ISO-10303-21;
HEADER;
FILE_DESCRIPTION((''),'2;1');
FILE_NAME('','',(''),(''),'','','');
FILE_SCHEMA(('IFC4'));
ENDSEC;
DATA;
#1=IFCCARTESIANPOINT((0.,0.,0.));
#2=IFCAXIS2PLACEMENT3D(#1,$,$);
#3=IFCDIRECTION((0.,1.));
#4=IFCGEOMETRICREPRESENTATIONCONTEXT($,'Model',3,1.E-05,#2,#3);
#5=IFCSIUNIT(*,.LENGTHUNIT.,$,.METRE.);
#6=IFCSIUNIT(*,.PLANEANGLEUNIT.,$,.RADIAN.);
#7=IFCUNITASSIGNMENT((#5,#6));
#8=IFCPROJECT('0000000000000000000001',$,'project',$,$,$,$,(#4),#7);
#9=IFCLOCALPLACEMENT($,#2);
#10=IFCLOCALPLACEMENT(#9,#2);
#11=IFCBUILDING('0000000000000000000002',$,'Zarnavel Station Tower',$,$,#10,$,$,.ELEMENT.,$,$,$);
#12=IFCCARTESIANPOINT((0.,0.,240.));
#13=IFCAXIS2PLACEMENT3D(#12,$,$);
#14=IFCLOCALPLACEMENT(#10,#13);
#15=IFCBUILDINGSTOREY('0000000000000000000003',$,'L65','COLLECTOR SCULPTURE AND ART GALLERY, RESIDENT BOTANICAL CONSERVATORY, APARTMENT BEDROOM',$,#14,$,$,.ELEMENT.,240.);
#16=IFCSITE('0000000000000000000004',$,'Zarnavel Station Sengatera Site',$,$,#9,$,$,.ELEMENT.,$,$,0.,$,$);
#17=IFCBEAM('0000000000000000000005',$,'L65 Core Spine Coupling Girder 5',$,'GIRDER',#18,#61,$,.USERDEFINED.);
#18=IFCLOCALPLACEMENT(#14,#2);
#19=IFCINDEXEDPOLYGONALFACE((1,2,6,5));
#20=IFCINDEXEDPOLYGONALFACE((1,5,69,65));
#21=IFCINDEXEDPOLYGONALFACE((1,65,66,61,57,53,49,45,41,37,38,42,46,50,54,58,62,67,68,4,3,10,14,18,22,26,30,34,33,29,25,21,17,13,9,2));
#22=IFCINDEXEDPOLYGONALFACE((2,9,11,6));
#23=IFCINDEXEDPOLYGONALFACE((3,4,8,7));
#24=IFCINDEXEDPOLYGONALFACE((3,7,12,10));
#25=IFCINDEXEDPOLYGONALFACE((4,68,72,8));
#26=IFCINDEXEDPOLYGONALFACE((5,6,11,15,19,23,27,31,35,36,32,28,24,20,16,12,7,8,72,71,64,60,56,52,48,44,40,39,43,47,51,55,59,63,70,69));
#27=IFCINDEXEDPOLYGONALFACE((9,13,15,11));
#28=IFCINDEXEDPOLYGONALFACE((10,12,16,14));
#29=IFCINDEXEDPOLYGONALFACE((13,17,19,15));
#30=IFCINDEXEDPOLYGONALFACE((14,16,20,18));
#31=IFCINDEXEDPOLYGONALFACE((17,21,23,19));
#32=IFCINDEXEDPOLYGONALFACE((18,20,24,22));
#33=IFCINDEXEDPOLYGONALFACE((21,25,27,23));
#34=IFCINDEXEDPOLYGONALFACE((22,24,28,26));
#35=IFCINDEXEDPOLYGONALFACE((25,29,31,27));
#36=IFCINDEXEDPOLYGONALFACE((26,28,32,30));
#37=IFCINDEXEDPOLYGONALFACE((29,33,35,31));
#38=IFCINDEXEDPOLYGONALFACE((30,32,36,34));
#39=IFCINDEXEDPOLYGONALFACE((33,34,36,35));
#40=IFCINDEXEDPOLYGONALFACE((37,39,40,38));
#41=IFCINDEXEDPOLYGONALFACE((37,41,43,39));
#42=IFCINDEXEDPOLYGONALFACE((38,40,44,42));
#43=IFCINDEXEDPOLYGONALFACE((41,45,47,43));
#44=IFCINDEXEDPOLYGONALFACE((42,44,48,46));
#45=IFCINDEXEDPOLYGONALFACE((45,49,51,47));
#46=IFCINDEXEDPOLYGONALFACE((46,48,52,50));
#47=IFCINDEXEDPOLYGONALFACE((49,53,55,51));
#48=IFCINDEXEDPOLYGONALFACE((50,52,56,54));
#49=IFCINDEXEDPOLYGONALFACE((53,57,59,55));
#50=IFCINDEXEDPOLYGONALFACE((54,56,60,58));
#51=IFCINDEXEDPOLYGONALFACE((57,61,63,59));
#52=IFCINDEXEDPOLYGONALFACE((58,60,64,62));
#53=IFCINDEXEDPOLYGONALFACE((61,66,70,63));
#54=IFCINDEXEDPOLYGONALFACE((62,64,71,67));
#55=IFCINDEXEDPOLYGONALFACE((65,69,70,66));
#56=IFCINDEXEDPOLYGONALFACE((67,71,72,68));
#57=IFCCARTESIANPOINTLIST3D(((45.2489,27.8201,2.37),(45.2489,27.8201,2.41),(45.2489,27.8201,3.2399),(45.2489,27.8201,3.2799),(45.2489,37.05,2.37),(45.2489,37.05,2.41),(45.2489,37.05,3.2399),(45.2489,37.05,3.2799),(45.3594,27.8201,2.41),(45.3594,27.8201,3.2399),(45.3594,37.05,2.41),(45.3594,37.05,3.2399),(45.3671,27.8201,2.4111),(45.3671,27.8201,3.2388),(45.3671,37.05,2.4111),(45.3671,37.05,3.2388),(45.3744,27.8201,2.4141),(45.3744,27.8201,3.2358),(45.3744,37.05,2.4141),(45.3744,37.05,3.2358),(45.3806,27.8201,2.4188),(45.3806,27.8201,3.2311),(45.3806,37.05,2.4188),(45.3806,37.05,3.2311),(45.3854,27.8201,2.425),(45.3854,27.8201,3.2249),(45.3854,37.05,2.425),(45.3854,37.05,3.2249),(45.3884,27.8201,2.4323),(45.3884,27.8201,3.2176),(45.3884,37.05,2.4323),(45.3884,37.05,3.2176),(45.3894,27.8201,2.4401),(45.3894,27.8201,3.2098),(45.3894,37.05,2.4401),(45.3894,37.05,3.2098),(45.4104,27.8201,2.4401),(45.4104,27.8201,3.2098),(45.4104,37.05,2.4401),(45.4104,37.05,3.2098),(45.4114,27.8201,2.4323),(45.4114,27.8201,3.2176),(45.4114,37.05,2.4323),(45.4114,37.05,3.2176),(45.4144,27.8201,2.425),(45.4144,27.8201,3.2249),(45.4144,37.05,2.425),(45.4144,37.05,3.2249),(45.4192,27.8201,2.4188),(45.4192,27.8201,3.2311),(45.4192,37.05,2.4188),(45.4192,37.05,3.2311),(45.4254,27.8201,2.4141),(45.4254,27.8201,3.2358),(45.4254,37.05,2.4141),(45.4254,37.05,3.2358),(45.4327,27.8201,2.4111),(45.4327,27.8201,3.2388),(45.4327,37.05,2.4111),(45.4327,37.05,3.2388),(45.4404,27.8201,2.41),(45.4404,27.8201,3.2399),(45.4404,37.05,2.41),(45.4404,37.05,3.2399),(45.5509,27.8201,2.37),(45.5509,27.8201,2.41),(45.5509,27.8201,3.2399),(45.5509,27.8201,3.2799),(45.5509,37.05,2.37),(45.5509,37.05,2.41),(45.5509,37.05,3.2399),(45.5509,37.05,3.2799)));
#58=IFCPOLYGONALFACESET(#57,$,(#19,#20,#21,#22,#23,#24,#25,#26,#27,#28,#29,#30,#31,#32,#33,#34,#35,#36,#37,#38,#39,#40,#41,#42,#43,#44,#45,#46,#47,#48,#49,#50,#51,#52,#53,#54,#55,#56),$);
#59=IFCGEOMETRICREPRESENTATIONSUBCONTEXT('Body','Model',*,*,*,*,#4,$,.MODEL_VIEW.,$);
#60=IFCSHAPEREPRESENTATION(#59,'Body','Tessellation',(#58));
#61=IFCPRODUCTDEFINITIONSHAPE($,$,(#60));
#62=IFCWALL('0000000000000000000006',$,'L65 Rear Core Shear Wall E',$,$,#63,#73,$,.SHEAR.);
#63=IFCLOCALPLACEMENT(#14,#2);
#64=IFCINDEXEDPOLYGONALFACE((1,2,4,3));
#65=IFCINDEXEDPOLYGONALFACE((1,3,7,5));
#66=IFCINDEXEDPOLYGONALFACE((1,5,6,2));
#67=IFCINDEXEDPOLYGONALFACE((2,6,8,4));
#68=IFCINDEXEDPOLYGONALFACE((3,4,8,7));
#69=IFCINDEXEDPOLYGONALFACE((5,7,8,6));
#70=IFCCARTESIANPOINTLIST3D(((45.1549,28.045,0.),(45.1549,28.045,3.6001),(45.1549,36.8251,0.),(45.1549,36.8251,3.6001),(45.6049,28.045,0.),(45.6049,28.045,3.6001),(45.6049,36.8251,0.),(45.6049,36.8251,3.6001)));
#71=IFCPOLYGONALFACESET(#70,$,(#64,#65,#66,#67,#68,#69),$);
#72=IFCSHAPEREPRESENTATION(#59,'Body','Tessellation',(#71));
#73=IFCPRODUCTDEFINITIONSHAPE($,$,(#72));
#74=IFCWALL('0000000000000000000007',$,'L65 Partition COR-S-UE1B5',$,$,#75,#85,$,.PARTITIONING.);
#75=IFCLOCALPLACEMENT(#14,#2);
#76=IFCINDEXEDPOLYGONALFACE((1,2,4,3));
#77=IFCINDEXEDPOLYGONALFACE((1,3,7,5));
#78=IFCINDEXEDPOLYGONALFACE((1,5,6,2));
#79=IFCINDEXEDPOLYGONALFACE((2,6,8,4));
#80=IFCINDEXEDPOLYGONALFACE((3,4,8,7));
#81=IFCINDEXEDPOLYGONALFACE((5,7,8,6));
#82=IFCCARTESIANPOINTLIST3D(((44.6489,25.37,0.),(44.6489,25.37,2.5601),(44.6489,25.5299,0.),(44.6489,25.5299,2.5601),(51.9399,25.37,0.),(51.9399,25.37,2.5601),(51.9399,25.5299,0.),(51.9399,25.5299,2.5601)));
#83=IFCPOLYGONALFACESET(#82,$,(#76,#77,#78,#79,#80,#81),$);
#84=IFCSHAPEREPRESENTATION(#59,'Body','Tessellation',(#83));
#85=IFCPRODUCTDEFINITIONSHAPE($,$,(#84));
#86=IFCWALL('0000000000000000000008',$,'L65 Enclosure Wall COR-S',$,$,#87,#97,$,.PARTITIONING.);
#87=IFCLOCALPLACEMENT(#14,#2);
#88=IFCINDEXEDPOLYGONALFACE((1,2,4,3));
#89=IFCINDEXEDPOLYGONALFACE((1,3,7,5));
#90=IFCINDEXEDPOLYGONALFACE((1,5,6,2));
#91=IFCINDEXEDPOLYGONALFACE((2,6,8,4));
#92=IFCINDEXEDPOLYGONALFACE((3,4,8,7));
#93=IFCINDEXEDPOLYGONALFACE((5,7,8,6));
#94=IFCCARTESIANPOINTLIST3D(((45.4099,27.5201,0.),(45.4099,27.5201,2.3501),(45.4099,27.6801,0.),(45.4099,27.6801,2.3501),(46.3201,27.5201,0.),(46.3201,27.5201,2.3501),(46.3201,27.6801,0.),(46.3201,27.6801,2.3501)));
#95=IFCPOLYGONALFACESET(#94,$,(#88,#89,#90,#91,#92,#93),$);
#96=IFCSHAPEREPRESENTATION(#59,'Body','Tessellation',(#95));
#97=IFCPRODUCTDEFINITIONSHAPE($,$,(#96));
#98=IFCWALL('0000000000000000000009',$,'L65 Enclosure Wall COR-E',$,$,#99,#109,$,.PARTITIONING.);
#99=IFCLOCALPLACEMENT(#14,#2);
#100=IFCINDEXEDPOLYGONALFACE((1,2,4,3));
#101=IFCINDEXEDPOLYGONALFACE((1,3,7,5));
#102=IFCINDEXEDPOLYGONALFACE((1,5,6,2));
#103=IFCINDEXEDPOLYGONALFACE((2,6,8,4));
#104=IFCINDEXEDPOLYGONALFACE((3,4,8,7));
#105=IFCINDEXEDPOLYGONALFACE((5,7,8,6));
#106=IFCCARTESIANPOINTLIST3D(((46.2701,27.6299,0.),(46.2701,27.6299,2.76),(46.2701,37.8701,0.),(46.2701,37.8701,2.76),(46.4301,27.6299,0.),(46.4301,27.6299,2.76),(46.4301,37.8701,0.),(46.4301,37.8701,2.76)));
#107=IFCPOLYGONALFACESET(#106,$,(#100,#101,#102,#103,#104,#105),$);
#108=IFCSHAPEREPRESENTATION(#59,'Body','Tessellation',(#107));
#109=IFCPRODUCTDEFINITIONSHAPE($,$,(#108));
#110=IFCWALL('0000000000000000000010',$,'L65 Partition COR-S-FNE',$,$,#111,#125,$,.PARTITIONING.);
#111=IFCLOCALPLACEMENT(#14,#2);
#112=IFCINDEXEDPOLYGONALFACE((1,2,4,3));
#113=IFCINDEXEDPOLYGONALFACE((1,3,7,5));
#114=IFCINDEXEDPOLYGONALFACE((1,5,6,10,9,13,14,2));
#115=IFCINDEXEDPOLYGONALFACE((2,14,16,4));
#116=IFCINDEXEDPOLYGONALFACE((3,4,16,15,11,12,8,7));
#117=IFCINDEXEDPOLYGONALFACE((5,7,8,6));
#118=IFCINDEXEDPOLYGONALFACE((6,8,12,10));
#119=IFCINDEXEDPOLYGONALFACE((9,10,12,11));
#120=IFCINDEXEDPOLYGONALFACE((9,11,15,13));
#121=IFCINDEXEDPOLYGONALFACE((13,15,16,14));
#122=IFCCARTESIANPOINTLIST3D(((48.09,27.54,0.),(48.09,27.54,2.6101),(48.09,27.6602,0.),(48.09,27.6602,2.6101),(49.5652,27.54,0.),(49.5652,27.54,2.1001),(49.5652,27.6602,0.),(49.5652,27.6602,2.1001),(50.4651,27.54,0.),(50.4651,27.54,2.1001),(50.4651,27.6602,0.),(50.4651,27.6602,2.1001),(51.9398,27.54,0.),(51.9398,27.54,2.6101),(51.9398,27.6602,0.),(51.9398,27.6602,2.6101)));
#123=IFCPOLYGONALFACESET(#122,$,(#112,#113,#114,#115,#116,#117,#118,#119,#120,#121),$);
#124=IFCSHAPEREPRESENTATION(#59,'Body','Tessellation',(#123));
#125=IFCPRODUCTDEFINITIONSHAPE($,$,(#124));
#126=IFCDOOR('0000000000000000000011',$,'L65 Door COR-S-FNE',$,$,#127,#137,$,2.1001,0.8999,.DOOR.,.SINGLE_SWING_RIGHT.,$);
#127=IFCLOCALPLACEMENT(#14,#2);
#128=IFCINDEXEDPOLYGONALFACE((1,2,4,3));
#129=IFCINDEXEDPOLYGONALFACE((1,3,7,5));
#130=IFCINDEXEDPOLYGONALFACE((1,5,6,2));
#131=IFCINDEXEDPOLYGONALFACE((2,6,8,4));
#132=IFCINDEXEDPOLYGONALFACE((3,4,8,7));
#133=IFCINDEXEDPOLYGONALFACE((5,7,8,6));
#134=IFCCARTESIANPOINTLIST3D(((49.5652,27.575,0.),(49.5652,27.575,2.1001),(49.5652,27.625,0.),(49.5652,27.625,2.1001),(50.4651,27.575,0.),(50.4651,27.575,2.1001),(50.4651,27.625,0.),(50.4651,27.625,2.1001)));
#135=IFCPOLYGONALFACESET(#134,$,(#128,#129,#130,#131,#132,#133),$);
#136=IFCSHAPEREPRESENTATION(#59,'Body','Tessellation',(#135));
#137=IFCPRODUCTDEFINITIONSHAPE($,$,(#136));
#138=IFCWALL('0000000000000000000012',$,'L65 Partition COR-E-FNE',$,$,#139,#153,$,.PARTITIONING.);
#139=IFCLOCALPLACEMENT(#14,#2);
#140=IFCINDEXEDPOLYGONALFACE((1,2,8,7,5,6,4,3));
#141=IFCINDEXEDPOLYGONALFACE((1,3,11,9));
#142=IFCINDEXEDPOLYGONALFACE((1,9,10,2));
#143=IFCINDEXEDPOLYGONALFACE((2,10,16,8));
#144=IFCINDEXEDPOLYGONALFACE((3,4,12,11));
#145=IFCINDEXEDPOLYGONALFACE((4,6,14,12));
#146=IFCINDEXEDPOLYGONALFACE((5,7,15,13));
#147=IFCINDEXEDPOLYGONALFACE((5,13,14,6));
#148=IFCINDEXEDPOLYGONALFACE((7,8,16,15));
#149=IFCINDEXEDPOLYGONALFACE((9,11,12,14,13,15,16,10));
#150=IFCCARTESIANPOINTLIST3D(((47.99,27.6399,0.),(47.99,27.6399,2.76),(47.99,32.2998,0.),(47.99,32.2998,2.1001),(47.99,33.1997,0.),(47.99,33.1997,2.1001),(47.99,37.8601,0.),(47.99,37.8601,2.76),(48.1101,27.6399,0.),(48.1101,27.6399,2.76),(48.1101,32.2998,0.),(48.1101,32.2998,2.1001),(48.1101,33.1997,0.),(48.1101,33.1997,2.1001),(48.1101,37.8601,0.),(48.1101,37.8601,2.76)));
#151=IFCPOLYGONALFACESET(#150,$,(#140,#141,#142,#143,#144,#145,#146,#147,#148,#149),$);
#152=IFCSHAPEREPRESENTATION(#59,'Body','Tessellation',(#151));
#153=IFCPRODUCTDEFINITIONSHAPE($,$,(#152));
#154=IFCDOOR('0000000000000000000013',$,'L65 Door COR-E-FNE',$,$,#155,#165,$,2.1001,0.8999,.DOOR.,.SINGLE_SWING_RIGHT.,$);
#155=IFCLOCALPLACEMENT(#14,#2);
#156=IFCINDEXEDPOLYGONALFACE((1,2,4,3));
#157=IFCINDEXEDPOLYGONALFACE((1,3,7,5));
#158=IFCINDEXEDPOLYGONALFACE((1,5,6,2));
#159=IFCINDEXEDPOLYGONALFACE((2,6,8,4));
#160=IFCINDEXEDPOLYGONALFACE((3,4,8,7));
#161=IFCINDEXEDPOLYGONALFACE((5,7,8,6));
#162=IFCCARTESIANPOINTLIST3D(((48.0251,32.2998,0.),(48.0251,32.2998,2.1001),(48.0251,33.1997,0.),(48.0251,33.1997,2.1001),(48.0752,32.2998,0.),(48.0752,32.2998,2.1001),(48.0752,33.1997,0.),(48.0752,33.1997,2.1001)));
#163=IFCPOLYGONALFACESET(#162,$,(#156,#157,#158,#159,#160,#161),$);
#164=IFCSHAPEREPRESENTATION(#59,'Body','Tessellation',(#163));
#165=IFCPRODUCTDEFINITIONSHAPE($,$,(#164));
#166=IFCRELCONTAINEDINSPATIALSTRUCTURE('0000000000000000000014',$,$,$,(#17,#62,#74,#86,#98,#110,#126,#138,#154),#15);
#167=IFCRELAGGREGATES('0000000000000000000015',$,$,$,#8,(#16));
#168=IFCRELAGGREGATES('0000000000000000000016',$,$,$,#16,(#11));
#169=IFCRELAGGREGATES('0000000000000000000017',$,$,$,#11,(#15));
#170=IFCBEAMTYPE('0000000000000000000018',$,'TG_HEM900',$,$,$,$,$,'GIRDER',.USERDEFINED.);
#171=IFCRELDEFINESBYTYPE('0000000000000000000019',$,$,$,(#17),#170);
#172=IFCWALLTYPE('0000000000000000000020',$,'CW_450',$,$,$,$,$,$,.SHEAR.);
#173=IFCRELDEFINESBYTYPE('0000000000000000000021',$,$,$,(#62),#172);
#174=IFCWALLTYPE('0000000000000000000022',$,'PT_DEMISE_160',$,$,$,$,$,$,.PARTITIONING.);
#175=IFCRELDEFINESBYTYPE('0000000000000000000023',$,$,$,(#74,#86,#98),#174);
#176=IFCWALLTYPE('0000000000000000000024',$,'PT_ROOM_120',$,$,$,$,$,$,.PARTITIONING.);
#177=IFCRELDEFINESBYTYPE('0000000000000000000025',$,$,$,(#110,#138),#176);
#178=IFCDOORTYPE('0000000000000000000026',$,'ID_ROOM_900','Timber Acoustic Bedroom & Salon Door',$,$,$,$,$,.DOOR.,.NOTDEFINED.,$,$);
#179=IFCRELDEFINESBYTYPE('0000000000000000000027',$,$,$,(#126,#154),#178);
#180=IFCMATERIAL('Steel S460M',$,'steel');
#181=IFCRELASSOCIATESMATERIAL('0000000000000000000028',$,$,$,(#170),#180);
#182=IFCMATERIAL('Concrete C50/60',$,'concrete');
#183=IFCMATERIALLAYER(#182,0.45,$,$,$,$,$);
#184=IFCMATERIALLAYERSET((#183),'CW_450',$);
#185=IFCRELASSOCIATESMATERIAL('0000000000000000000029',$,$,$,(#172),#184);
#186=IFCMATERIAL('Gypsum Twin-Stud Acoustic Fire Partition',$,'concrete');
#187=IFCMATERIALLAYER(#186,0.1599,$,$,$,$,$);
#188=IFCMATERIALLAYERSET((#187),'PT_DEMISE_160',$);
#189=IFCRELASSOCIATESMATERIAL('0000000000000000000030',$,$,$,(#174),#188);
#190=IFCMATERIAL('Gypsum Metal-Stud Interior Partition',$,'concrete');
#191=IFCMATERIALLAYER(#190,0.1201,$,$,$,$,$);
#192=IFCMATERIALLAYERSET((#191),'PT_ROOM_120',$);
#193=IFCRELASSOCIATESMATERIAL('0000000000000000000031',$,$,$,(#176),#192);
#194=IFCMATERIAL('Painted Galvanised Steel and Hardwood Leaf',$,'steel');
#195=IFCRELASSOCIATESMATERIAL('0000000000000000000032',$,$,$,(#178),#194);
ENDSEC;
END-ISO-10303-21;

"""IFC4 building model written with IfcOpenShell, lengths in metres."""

from ifc_helpers import new_model, si_unit, direction, frame, frame_2d, origin, origin_2d, place, context, subcontext, project, spatial, rectangle, i_section, extrude, material, layer, layer_set, material_profile, profile_set, type_object, element, fill, save


model = new_model("IFC4")

# Units and contexts
model_context = context("Model", 3, precision=1e-05, world=origin(), true_north=direction((0.0, 1.0)))
body_context = subcontext(model_context, "Body", "Model", "MODEL_VIEW")
ifc_project = project(units=[si_unit("LENGTHUNIT", "METRE"), si_unit("PLANEANGLEUNIT", "RADIAN")], contexts=[model_context])

# Site, building, storey
site_placement = place(None, origin())
site = spatial("IfcSite", under=ifc_project, at=site_placement, Name="Zarnavel Station Sengatera Site", CompositionType="ELEMENT", RefElevation=0.0)
building_placement = place(site_placement, origin())
building = spatial("IfcBuilding", under=site, at=building_placement, Name="Zarnavel Station Tower", CompositionType="ELEMENT")
storey_placement = place(building_placement, frame((0.0, 0.0, 240.0)))
storey = spatial("IfcBuildingStorey", under=building, at=storey_placement, Name="L65", Description="COLLECTOR SCULPTURE AND ART GALLERY, RESIDENT BOTANICAL CONSERVATORY, APARTMENT BEDROOM", CompositionType="ELEMENT", Elevation=240.0)

# Beam
ifc_material_1 = material(Name="Steel S460M", Category="steel")
ifc_material_profile_1 = material_profile(ifc_material_1, i_section(OverallWidth=0.302, OverallDepth=0.9099, WebThickness=0.021, FlangeThickness=0.04, FilletRadius=0.03, at=origin_2d()), Name="HEM900")
ifc_profile_set_1 = profile_set([ifc_material_profile_1], Name="Steel S460M")
beam_type_1 = type_object("IfcBeamType", Name="TG_HEM900", ElementType="GIRDER", PredefinedType="USERDEFINED", material=ifc_profile_set_1)
beam_1_placement = place(storey_placement, frame((45.3999, 27.8201, 2.825), z_axis=(0.0, 1.0, 0.0), x_axis=(-1.0, 0.0, 0.0)))
element("IfcBeam", 1, at=beam_1_placement, inside=storey, type_object=beam_type_1, Name="L65 Core Spine Coupling Girder 5", ObjectType="GIRDER", PredefinedType="USERDEFINED", context=body_context, shape_type="SweptSolid", body=[
    extrude(i_section(OverallWidth=0.302, OverallDepth=0.9099, WebThickness=0.021, FlangeThickness=0.04, FilletRadius=0.03, at=origin_2d()), origin(), (0.0, 0.0, 1.0), 9.23),
])

# Shared definitions
ifc_material_2 = material(Name="Concrete C50/60", Category="concrete")
ifc_layer_1 = layer(ifc_material_2, 0.45)
ifc_layer_set_1 = layer_set([ifc_layer_1], Name="CW_450")
wall_type_1 = type_object("IfcWallType", Name="CW_450", PredefinedType="SHEAR", material=ifc_layer_set_1)

# Walls
wall_1_placement = place(storey_placement, frame((45.3799, 28.0449, 0.0), z_axis=(0.0, 0.0, 1.0), x_axis=(0.0, 1.0, 0.0)))
element("IfcWall", 2, at=wall_1_placement, inside=storey, type_object=wall_type_1, Name="L65 Rear Core Shear Wall E", PredefinedType="SHEAR", context=body_context, shape_type="SweptSolid", body=[
    extrude(rectangle(XDim=8.78, YDim=0.45, at=frame_2d((4.3901, 0.0))), origin(), (0.0, 0.0, 1.0), 3.6001),
])
ifc_material_3 = material(Name="Gypsum Twin-Stud Acoustic Fire Partition", Category="concrete")
ifc_layer_2 = layer(ifc_material_3, 0.1599)
ifc_layer_set_2 = layer_set([ifc_layer_2], Name="PT_DEMISE_160")
wall_type_2 = type_object("IfcWallType", Name="PT_DEMISE_160", PredefinedType="PARTITIONING", material=ifc_layer_set_2)
wall_2_placement = place(storey_placement, frame((44.6489, 25.45, 0.0), z_axis=(0.0, 0.0, 1.0), x_axis=(1.0, 0.0, 0.0)))
element("IfcWall", 3, at=wall_2_placement, inside=storey, type_object=wall_type_2, Name="L65 Partition COR-S-UE1B5", PredefinedType="PARTITIONING", context=body_context, shape_type="SweptSolid", body=[
    extrude(rectangle(XDim=7.291, YDim=0.1599, at=frame_2d((3.6455, 0.0))), origin(), (0.0, 0.0, 1.0), 2.5601),
])
wall_3_placement = place(storey_placement, frame((45.4099, 27.6001, 0.0), z_axis=(0.0, 0.0, 1.0), x_axis=(1.0, 0.0, 0.0)))
element("IfcWall", 4, at=wall_3_placement, inside=storey, type_object=wall_type_2, Name="L65 Enclosure Wall COR-S", PredefinedType="PARTITIONING", context=body_context, shape_type="SweptSolid", body=[
    extrude(rectangle(XDim=0.9102, YDim=0.1599, at=frame_2d((0.4551, 0.0))), origin(), (0.0, 0.0, 1.0), 2.3501),
])
wall_4_placement = place(storey_placement, frame((46.3501, 27.6299, 0.0), z_axis=(0.0, 0.0, 1.0), x_axis=(0.0, 1.0, 0.0)))
element("IfcWall", 5, at=wall_4_placement, inside=storey, type_object=wall_type_2, Name="L65 Enclosure Wall COR-E", PredefinedType="PARTITIONING", context=body_context, shape_type="SweptSolid", body=[
    extrude(rectangle(XDim=10.2402, YDim=0.1599, at=frame_2d((5.1201, 0.0))), origin(), (0.0, 0.0, 1.0), 2.76),
])

# Walls, openings, doors
ifc_material_4 = material(Name="Gypsum Metal-Stud Interior Partition", Category="concrete")
ifc_layer_3 = layer(ifc_material_4, 0.1201)
ifc_layer_set_3 = layer_set([ifc_layer_3], Name="PT_ROOM_120")
wall_type_3 = type_object("IfcWallType", Name="PT_ROOM_120", PredefinedType="PARTITIONING", material=ifc_layer_set_3)
wall_5_placement = place(storey_placement, frame((48.0901, 27.6001, 0.0), z_axis=(0.0, 0.0, 1.0), x_axis=(1.0, 0.0, 0.0)))
wall_5 = element("IfcWall", 6, at=wall_5_placement, inside=storey, type_object=wall_type_3, Name="L65 Partition COR-S-FNE", PredefinedType="PARTITIONING", context=body_context, shape_type="SweptSolid", body=[
    extrude(rectangle(XDim=3.8499, YDim=0.1201, at=frame_2d((1.9248, 0.0))), origin(), (0.0, 0.0, 1.0), 2.6101),
])
opening_1_placement = place(wall_5_placement, frame((1.4751, 0.0, 0.0)))
opening_1 = element("IfcOpeningElement", 7, at=opening_1_placement, cuts=wall_5, PredefinedType="OPENING", context=body_context, shape_type="SweptSolid", body=[
    extrude(rectangle(XDim=0.8999, YDim=2.1001, at=frame_2d((0.45, 1.05))), frame((0.0, 0.0701, 0.0), z_axis=(0.0, -1.0, 0.0), x_axis=(1.0, 0.0, 0.0)), (0.0, 0.0, 1.0), 0.1401),
])
ifc_material_5 = material(Name="Painted Galvanised Steel and Hardwood Leaf", Category="steel")
door_type_1 = type_object("IfcDoorType", Name="ID_ROOM_900", Description="Timber Acoustic Bedroom & Salon Door", OperationType="NOTDEFINED", PredefinedType="DOOR", material=ifc_material_5)
door_1_placement = place(opening_1_placement, origin())
door_1 = element("IfcDoor", 8, at=door_1_placement, inside=storey, type_object=door_type_1, Name="L65 Door COR-S-FNE", OperationType="SINGLE_SWING_RIGHT", OverallHeight=2.1001, OverallWidth=0.8999, PredefinedType="DOOR", context=body_context, shape_type="SweptSolid", body=[
    extrude(rectangle(XDim=0.8999, YDim=2.1001, at=frame_2d((0.45, 1.05))), frame((0.0, 0.0249, 0.0), z_axis=(0.0, -1.0, 0.0), x_axis=(1.0, 0.0, 0.0)), (0.0, 0.0, 1.0), 0.05),
])
fill(opening_1, door_1)
wall_6_placement = place(storey_placement, frame((48.05, 27.6399, 0.0), z_axis=(0.0, 0.0, 1.0), x_axis=(0.0, 1.0, 0.0)))
wall_6 = element("IfcWall", 9, at=wall_6_placement, inside=storey, type_object=wall_type_3, Name="L65 Partition COR-E-FNE", PredefinedType="PARTITIONING", context=body_context, shape_type="SweptSolid", body=[
    extrude(rectangle(XDim=10.2202, YDim=0.1201, at=frame_2d((5.1101, 0.0))), origin(), (0.0, 0.0, 1.0), 2.76),
])
opening_2_placement = place(wall_6_placement, frame((4.6599, 0.0, 0.0)))
opening_2 = element("IfcOpeningElement", 10, at=opening_2_placement, cuts=wall_6, PredefinedType="OPENING", context=body_context, shape_type="SweptSolid", body=[
    extrude(rectangle(XDim=0.8999, YDim=2.1001, at=frame_2d((0.45, 1.05))), frame((0.0, 0.0701, 0.0), z_axis=(0.0, -1.0, 0.0), x_axis=(1.0, 0.0, 0.0)), (0.0, 0.0, 1.0), 0.1401),
])
door_2_placement = place(opening_2_placement, origin())
door_2 = element("IfcDoor", 11, at=door_2_placement, inside=storey, type_object=door_type_1, Name="L65 Door COR-E-FNE", OperationType="SINGLE_SWING_RIGHT", OverallHeight=2.1001, OverallWidth=0.8999, PredefinedType="DOOR", context=body_context, shape_type="SweptSolid", body=[
    extrude(rectangle(XDim=0.8999, YDim=2.1001, at=frame_2d((0.45, 1.05))), frame((0.0, 0.0249, 0.0), z_axis=(0.0, -1.0, 0.0), x_axis=(1.0, 0.0, 0.0)), (0.0, 0.0, 1.0), 0.05),
])
fill(opening_2, door_2)

save(model, "model.ifc")
